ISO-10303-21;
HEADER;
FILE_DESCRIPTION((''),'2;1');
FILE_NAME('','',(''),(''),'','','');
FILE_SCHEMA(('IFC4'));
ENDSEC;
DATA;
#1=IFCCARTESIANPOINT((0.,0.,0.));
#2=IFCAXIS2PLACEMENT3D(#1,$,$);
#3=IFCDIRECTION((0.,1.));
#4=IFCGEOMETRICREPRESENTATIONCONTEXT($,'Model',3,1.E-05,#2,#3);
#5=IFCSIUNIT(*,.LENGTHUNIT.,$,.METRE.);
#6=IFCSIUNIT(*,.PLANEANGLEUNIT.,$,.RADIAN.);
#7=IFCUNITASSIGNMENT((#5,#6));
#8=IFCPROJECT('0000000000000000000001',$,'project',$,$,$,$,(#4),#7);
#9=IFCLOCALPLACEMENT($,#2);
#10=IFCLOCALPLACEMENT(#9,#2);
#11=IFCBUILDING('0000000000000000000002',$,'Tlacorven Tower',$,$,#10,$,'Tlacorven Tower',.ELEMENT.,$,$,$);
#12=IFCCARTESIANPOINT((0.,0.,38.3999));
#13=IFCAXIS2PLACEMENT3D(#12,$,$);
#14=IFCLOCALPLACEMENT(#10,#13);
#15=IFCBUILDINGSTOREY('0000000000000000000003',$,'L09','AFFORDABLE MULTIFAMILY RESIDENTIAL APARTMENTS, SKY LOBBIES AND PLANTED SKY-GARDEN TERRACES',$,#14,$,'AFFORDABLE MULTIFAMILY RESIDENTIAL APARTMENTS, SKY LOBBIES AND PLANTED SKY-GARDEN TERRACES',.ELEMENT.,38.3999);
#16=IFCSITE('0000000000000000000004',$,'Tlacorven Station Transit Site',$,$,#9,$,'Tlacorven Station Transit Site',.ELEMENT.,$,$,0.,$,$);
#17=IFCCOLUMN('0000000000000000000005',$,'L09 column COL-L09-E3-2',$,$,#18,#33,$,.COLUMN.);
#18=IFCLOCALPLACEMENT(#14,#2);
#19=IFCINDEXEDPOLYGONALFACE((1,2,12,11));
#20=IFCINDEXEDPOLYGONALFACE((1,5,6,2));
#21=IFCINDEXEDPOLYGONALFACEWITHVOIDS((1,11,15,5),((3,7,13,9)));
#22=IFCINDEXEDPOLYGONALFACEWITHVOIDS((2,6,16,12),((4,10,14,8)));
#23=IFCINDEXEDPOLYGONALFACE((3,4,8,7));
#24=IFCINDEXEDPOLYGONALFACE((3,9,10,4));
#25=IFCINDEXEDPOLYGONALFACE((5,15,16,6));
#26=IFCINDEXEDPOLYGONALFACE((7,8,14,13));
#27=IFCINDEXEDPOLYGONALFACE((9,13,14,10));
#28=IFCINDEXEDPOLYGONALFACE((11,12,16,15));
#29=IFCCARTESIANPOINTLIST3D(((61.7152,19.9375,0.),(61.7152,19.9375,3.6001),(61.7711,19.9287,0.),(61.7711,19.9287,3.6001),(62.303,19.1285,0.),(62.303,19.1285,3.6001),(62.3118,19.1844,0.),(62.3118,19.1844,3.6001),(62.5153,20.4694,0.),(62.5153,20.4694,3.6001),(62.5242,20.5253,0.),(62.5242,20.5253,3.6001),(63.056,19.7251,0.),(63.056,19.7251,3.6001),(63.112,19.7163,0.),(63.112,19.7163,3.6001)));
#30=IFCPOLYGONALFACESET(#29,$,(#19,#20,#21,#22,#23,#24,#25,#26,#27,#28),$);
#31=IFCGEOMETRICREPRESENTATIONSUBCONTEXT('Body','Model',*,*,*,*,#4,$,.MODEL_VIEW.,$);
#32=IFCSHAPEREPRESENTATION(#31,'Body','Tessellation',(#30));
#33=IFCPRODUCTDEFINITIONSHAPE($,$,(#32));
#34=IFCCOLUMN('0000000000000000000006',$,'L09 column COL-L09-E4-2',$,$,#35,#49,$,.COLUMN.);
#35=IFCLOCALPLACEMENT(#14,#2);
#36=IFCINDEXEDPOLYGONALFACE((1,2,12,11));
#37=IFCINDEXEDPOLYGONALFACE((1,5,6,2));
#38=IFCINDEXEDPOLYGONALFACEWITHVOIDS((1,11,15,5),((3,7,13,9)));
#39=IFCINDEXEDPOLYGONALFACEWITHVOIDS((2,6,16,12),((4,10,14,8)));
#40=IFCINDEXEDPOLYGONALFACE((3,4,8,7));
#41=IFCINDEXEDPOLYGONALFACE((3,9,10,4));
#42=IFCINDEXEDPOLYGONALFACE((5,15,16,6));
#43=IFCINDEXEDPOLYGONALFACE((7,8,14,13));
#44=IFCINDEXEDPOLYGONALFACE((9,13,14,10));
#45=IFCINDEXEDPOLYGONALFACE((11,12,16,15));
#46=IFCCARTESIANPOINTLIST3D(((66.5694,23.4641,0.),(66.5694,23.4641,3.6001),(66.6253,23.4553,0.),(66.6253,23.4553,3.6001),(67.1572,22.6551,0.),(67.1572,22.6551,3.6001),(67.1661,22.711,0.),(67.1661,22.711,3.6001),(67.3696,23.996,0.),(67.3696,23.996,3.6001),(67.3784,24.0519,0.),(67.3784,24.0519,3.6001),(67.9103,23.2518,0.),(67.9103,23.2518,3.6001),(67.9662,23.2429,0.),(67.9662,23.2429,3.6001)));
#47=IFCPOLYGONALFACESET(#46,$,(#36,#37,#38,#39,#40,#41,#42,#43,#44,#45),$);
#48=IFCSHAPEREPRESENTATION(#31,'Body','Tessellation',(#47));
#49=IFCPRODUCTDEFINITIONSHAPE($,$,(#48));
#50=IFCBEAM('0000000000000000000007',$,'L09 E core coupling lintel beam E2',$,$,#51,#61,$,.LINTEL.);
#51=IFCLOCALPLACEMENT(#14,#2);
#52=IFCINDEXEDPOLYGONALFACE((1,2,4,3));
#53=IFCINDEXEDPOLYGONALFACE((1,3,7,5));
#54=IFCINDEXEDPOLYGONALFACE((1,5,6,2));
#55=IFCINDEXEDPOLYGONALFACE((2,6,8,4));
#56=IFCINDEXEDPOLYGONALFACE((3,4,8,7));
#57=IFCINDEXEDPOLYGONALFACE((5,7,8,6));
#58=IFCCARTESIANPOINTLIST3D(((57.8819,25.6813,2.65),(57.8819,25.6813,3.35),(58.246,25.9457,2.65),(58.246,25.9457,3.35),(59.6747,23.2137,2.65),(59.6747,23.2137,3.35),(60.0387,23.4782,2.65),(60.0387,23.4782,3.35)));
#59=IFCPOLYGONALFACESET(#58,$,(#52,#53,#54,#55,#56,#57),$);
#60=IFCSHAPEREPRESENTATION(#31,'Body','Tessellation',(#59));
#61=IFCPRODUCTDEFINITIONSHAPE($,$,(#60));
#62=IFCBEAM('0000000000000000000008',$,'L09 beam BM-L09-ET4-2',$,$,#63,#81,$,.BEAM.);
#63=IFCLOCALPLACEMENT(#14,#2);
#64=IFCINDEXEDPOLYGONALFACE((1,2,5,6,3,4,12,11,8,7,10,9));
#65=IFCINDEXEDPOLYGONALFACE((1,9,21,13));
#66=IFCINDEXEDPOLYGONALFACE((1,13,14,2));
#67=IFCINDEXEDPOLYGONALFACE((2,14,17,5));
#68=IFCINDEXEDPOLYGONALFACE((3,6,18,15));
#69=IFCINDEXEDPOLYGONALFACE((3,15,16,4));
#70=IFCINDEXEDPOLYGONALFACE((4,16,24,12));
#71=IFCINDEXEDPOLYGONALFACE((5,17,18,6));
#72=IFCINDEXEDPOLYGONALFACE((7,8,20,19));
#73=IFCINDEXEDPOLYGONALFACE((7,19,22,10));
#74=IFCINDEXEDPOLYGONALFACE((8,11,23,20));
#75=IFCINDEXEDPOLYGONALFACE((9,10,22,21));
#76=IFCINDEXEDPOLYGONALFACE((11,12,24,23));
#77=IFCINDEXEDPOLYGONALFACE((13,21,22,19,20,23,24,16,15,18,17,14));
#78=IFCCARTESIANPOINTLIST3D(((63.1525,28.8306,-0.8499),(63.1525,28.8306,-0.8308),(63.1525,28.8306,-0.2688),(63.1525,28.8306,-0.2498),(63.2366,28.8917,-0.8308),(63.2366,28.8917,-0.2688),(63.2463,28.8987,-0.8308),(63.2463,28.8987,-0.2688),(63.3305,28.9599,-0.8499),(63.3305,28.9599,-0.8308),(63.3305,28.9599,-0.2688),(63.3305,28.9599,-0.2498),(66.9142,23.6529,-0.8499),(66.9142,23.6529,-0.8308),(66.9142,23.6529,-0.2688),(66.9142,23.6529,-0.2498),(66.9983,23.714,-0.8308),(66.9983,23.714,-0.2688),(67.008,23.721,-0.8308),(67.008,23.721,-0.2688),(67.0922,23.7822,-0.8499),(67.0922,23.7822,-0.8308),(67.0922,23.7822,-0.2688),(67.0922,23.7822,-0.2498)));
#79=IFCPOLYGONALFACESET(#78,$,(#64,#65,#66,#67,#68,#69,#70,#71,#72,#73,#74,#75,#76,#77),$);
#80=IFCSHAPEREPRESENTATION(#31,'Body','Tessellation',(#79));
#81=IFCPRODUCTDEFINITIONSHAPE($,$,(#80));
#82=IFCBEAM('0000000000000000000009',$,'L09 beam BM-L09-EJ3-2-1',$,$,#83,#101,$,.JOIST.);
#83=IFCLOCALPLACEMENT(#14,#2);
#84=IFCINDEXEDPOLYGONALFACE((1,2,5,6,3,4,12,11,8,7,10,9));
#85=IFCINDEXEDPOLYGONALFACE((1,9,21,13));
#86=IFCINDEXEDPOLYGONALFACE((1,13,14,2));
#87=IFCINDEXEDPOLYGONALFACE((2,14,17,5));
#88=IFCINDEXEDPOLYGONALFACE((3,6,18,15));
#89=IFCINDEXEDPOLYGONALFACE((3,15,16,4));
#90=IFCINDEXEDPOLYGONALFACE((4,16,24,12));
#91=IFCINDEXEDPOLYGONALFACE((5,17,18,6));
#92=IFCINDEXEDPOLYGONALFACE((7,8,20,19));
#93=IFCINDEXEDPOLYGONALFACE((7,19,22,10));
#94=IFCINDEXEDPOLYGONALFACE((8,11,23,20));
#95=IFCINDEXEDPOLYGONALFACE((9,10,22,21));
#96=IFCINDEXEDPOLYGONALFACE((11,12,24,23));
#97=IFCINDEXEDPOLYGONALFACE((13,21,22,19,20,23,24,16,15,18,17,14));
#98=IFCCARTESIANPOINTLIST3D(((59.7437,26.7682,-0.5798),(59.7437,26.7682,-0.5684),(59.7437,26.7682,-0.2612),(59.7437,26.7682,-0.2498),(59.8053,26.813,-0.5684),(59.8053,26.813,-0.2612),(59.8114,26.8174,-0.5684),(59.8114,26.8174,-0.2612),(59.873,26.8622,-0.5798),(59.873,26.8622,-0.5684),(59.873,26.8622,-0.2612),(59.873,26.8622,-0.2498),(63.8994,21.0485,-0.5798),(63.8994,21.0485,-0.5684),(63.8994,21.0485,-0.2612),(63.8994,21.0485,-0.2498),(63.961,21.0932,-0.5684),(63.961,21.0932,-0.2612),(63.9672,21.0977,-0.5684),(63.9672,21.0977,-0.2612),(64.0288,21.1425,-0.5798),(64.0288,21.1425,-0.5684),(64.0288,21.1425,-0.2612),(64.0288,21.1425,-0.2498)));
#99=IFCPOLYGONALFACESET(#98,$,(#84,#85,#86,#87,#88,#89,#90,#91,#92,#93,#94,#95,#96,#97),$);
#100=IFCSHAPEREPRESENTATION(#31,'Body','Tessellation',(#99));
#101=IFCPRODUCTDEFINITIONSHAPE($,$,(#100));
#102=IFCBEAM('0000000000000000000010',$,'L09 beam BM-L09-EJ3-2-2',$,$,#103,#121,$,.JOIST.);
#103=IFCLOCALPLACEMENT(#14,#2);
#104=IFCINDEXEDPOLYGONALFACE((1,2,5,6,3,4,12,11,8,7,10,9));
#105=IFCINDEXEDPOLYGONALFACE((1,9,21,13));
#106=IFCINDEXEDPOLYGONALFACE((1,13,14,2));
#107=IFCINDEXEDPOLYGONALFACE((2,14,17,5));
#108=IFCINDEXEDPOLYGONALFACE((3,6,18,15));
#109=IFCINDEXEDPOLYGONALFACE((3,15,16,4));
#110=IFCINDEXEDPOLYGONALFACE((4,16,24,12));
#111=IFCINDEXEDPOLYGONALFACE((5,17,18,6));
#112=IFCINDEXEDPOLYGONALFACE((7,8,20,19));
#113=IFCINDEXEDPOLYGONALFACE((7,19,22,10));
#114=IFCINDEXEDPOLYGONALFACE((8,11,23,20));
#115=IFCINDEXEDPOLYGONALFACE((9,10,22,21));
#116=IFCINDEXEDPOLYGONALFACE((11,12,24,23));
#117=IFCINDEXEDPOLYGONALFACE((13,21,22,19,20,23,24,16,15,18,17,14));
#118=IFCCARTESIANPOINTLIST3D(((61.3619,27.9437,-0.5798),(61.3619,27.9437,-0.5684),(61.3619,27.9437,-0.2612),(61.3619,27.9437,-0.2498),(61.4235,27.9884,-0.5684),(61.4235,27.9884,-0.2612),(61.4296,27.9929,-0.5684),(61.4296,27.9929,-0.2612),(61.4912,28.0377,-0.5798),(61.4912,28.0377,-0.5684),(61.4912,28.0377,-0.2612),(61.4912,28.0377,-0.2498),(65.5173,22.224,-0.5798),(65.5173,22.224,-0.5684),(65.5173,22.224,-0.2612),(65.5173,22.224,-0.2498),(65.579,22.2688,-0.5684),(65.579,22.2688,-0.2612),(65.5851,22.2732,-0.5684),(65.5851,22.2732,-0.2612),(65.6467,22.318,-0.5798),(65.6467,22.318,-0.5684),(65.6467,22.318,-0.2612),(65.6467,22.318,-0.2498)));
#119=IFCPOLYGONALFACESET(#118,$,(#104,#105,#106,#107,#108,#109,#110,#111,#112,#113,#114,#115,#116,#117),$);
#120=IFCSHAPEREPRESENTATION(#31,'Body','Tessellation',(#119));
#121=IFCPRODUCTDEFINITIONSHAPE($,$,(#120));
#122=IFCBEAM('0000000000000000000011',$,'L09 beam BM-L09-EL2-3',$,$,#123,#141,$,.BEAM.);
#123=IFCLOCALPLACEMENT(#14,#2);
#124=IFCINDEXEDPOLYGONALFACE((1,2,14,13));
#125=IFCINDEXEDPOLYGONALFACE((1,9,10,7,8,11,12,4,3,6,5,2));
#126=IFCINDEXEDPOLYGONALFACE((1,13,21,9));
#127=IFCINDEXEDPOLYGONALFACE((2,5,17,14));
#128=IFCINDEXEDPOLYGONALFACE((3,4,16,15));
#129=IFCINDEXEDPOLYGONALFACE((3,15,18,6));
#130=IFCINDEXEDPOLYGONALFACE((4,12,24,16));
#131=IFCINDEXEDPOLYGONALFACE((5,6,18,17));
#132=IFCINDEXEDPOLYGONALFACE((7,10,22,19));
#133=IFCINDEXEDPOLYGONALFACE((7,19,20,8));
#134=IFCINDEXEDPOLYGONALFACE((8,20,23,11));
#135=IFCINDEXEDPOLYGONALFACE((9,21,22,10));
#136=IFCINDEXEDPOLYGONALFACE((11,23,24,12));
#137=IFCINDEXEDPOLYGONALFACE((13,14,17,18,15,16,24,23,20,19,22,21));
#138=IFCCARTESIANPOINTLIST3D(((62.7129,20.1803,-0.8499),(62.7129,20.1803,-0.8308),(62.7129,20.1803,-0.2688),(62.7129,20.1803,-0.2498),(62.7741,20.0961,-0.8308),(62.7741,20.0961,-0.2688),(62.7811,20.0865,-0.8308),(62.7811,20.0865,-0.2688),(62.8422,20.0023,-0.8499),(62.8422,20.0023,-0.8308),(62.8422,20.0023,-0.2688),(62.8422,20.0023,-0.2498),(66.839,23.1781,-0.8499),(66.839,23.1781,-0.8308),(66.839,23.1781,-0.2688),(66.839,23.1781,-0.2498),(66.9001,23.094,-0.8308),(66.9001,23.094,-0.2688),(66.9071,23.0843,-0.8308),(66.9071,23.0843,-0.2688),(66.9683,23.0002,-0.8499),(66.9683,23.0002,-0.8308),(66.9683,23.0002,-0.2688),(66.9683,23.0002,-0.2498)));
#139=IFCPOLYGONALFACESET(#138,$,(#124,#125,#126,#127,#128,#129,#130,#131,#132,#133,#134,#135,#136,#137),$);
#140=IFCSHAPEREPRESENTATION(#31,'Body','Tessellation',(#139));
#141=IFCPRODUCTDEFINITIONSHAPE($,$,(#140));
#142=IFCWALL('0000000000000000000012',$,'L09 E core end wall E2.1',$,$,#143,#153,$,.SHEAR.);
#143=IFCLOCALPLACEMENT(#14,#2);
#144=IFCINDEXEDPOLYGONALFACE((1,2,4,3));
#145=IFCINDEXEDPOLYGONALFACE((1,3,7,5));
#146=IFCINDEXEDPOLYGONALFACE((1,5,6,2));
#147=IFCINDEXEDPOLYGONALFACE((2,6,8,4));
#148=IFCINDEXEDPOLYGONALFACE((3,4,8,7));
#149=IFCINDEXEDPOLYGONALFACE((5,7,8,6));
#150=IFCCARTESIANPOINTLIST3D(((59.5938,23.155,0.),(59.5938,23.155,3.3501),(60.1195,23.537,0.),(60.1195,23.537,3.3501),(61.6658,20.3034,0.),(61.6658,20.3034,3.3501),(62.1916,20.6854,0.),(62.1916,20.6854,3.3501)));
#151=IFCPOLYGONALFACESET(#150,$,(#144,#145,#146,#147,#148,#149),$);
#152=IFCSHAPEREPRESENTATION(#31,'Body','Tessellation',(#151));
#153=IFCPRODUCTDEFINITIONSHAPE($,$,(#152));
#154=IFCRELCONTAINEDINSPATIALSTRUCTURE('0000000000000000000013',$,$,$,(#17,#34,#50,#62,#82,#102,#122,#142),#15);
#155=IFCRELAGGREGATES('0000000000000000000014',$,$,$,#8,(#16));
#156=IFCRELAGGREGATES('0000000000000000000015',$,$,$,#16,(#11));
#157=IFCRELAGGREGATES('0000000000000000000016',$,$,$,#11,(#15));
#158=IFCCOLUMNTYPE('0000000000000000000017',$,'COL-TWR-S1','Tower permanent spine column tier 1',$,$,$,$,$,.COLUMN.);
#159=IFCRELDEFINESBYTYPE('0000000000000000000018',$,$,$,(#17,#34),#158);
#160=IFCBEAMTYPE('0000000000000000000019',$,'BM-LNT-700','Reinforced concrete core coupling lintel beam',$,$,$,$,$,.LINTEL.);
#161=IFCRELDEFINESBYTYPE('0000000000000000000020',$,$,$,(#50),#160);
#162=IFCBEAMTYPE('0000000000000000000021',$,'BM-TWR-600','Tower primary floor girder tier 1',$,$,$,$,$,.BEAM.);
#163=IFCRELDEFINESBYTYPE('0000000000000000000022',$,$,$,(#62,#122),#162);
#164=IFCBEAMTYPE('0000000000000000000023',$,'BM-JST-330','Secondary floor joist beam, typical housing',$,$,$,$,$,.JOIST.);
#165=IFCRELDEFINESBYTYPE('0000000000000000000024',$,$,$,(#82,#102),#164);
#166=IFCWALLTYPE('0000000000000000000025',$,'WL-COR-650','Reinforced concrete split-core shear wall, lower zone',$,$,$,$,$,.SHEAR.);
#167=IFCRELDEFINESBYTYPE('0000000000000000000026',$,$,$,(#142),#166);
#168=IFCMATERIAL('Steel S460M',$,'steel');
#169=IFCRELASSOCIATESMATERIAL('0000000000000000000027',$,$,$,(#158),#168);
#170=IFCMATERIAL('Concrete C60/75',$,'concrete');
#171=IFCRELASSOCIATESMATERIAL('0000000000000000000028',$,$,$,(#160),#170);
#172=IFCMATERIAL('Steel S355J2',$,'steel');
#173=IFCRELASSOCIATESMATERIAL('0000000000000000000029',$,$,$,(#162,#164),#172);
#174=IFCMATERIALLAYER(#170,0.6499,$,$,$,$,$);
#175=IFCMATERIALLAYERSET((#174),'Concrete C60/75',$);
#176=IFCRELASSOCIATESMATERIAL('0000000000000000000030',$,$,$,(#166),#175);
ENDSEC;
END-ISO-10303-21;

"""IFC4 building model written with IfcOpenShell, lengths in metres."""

from ifc_helpers import new_model, si_unit, direction, frame, frame_2d, origin, origin_2d, place, context, subcontext, project, spatial, rectangle, hollow_rectangle, i_section, extrude, source, transform, mapped, material, layer, layer_set, material_profile, profile_set, type_object, element, save


model = new_model("IFC4")

# Units and contexts
model_context = context("Model", 3, precision=1e-05, world=origin(), true_north=direction((0.0, 1.0)))
body_context = subcontext(model_context, "Body", "Model", "MODEL_VIEW")
ifc_project = project(units=[si_unit("LENGTHUNIT", "METRE"), si_unit("PLANEANGLEUNIT", "RADIAN")], contexts=[model_context])

# Site, building, storey
site_placement = place(None, origin())
site = spatial("IfcSite", under=ifc_project, at=site_placement, Name="Tlacorven Station Transit Site", LongName="Tlacorven Station Transit Site", CompositionType="ELEMENT", RefElevation=0.0)
building_placement = place(site_placement, origin())
building = spatial("IfcBuilding", under=site, at=building_placement, Name="Tlacorven Tower", LongName="Tlacorven Tower", CompositionType="ELEMENT")
storey_placement = place(building_placement, frame((0.0, 0.0, 38.3999)))
storey = spatial("IfcBuildingStorey", under=building, at=storey_placement, Name="L09", Description="AFFORDABLE MULTIFAMILY RESIDENTIAL APARTMENTS, SKY LOBBIES AND PLANTED SKY-GARDEN TERRACES", LongName="AFFORDABLE MULTIFAMILY RESIDENTIAL APARTMENTS, SKY LOBBIES AND PLANTED SKY-GARDEN TERRACES", CompositionType="ELEMENT", Elevation=38.3999)

# Columns
ifc_material_1 = material(Name="Steel S460M", Category="steel")
ifc_material_profile_1 = material_profile(ifc_material_1, hollow_rectangle(XDim=1.0, YDim=1.0, WallThickness=0.04, at=origin_2d()), Name="BOX 1000X1000X40")
ifc_profile_set_1 = profile_set([ifc_material_profile_1], Name="Steel S460M")
column_type = type_object("IfcColumnType", Name="COL-TWR-S1", Description="Tower permanent spine column tier 1", PredefinedType="COLUMN", material=ifc_profile_set_1)
shared_shape_1 = source(origin(), body_context, "Body", "SweptSolid", [
    extrude(hollow_rectangle(XDim=1.0, YDim=1.0, WallThickness=0.04, at=origin_2d()), origin(), (0.0, 0.0, 1.0), 3.6001),
])
for number, where, z_axis, x_axis, name in (
    (1, (62.4136, 19.8269, 0.0), (0.0, 0.0, 1.0), (0.809017, 0.587785, 0.0), "L09 column COL-L09-E3-2"),
    (2, (67.2678, 23.3535, 0.0), (0.0, 0.0, 1.0), (0.809017, 0.587785, 0.0), "L09 column COL-L09-E4-2"),
):
    element("IfcColumn", number, at=place(storey_placement, frame(where, z_axis=z_axis, x_axis=x_axis)), inside=storey, type_object=column_type, Name=name, PredefinedType="COLUMN", context=body_context, shape_type="MappedRepresentation", body=[
        mapped(shared_shape_1, transform((0.0, 0.0, 0.0), scale=1.0)),
    ])

# Beams
ifc_material_2 = material(Name="Concrete C60/75", Category="concrete")
ifc_material_profile_2 = material_profile(ifc_material_2, rectangle(XDim=0.45, YDim=0.7, at=origin_2d()), Name="RC 450X700")
ifc_profile_set_2 = profile_set([ifc_material_profile_2], Name="Concrete C60/75")
beam_type_1 = type_object("IfcBeamType", Name="BM-LNT-700", Description="Reinforced concrete core coupling lintel beam", PredefinedType="LINTEL", material=ifc_profile_set_2)
shared_shape_2 = source(origin(), body_context, "Body", "SweptSolid", [
    extrude(rectangle(XDim=0.45, YDim=0.7, at=origin_2d()), origin(), (0.0, 0.0, 1.0), 3.05),
])
beam_1_placement = place(storey_placement, frame((59.8567, 23.3459, 3.0), z_axis=(-0.587777, 0.809023, 0.0), x_axis=(-0.809023, -0.587777, 0.0)))
element("IfcBeam", 3, at=beam_1_placement, inside=storey, type_object=beam_type_1, Name="L09 E core coupling lintel beam E2", PredefinedType="LINTEL", context=body_context, shape_type="MappedRepresentation", body=[
    mapped(shared_shape_2, transform((0.0, 0.0, 0.0), scale=1.0)),
])
ifc_material_3 = material(Name="Steel S355J2", Category="steel")
ifc_material_profile_3 = material_profile(ifc_material_3, i_section(OverallWidth=0.22, OverallDepth=0.6001, WebThickness=0.012, FlangeThickness=0.019, at=origin_2d()), Name="IPE 600")
ifc_profile_set_3 = profile_set([ifc_material_profile_3], Name="Steel S355J2")
beam_type_2 = type_object("IfcBeamType", Name="BM-TWR-600", Description="Tower primary floor girder tier 1", PredefinedType="BEAM", material=ifc_profile_set_3)
shared_shape_3 = source(origin(), body_context, "Body", "SweptSolid", [
    extrude(i_section(OverallWidth=0.22, OverallDepth=0.6001, WebThickness=0.012, FlangeThickness=0.019, at=origin_2d()), origin(), (0.0, 0.0, 1.0), 6.3999),
])
beam_2_placement = place(storey_placement, frame((67.0032, 23.7175, -0.5498), z_axis=(-0.587772, 0.809026, 0.0), x_axis=(-0.809026, -0.587772, 0.0)))
element("IfcBeam", 4, at=beam_2_placement, inside=storey, type_object=beam_type_2, Name="L09 beam BM-L09-ET4-2", PredefinedType="BEAM", context=body_context, shape_type="MappedRepresentation", body=[
    mapped(shared_shape_3, transform((0.0, 0.0, 0.0), scale=1.0)),
])
ifc_material_profile_4 = material_profile(ifc_material_3, i_section(OverallWidth=0.1599, OverallDepth=0.3301, WebThickness=0.0076, FlangeThickness=0.0115, at=origin_2d()), Name="IPE 330")
ifc_profile_set_4 = profile_set([ifc_material_profile_4], Name="Steel S355J2")
beam_type_3 = type_object("IfcBeamType", Name="BM-JST-330", Description="Secondary floor joist beam, typical housing", PredefinedType="JOIST", material=ifc_profile_set_4)
shared_shape_4 = source(origin(), body_context, "Body", "SweptSolid", [
    extrude(i_section(OverallWidth=0.1599, OverallDepth=0.3301, WebThickness=0.0076, FlangeThickness=0.0115, at=origin_2d()), origin(), (0.0, 0.0, 1.0), 7.0701),
])
beam_3_placement = place(storey_placement, frame((63.9641, 21.0955, -0.4148), z_axis=(-0.587798, 0.809008, 0.0), x_axis=(-0.809008, -0.587798, 0.0)))
element("IfcBeam", 5, at=beam_3_placement, inside=storey, type_object=beam_type_3, Name="L09 beam BM-L09-EJ3-2-1", PredefinedType="JOIST", context=body_context, shape_type="MappedRepresentation", body=[
    mapped(shared_shape_4, transform((0.0, 0.0, 0.0), scale=1.0)),
])
shared_shape_5 = source(origin(), body_context, "Body", "SweptSolid", [
    extrude(i_section(OverallWidth=0.1599, OverallDepth=0.3301, WebThickness=0.0076, FlangeThickness=0.0115, at=origin_2d()), origin(), (0.0, 0.0, 1.0), 7.0698),
])
beam_4_placement = place(storey_placement, frame((65.582, 22.271, -0.4148), z_axis=(-0.587775, 0.809024, 0.0), x_axis=(-0.809024, -0.587775, 0.0)))
element("IfcBeam", 6, at=beam_4_placement, inside=storey, type_object=beam_type_3, Name="L09 beam BM-L09-EJ3-2-2", PredefinedType="JOIST", context=body_context, shape_type="MappedRepresentation", body=[
    mapped(shared_shape_5, transform((0.0, 0.0, 0.0), scale=1.0)),
])
shared_shape_6 = source(origin(), body_context, "Body", "SweptSolid", [
    extrude(i_section(OverallWidth=0.22, OverallDepth=0.6001, WebThickness=0.012, FlangeThickness=0.019, at=origin_2d()), origin(), (0.0, 0.0, 1.0), 5.1001),
])
beam_5_placement = place(storey_placement, frame((62.7776, 20.0913, -0.5498), z_axis=(0.809007, 0.587799, 0.0), x_axis=(-0.587799, 0.809007, 0.0)))
element("IfcBeam", 7, at=beam_5_placement, inside=storey, type_object=beam_type_2, Name="L09 beam BM-L09-EL2-3", PredefinedType="BEAM", context=body_context, shape_type="MappedRepresentation", body=[
    mapped(shared_shape_6, transform((0.0, 0.0, 0.0), scale=1.0)),
])

# Wall
ifc_layer_1 = layer(ifc_material_2, 0.6499)
ifc_layer_set_1 = layer_set([ifc_layer_1], Name="Concrete C60/75")
wall_type_1 = type_object("IfcWallType", Name="WL-COR-650", Description="Reinforced concrete split-core shear wall, lower zone", PredefinedType="SHEAR", material=ifc_layer_set_1)
wall_1_placement = place(storey_placement, frame((61.9287, 20.4944, 0.0), z_axis=(0.0, 0.0, 1.0), x_axis=(-0.58783, 0.808985, 0.0)))
element("IfcWall", 8, at=wall_1_placement, inside=storey, type_object=wall_type_1, Name="L09 E core end wall E2.1", PredefinedType="SHEAR", context=body_context, shape_type="SweptSolid", body=[
    extrude(rectangle(XDim=3.5249, YDim=0.6499, at=frame_2d((1.7625, 0.0))), origin(), (0.0, 0.0, 1.0), 3.3501),
])

save(model, "model.ifc")
